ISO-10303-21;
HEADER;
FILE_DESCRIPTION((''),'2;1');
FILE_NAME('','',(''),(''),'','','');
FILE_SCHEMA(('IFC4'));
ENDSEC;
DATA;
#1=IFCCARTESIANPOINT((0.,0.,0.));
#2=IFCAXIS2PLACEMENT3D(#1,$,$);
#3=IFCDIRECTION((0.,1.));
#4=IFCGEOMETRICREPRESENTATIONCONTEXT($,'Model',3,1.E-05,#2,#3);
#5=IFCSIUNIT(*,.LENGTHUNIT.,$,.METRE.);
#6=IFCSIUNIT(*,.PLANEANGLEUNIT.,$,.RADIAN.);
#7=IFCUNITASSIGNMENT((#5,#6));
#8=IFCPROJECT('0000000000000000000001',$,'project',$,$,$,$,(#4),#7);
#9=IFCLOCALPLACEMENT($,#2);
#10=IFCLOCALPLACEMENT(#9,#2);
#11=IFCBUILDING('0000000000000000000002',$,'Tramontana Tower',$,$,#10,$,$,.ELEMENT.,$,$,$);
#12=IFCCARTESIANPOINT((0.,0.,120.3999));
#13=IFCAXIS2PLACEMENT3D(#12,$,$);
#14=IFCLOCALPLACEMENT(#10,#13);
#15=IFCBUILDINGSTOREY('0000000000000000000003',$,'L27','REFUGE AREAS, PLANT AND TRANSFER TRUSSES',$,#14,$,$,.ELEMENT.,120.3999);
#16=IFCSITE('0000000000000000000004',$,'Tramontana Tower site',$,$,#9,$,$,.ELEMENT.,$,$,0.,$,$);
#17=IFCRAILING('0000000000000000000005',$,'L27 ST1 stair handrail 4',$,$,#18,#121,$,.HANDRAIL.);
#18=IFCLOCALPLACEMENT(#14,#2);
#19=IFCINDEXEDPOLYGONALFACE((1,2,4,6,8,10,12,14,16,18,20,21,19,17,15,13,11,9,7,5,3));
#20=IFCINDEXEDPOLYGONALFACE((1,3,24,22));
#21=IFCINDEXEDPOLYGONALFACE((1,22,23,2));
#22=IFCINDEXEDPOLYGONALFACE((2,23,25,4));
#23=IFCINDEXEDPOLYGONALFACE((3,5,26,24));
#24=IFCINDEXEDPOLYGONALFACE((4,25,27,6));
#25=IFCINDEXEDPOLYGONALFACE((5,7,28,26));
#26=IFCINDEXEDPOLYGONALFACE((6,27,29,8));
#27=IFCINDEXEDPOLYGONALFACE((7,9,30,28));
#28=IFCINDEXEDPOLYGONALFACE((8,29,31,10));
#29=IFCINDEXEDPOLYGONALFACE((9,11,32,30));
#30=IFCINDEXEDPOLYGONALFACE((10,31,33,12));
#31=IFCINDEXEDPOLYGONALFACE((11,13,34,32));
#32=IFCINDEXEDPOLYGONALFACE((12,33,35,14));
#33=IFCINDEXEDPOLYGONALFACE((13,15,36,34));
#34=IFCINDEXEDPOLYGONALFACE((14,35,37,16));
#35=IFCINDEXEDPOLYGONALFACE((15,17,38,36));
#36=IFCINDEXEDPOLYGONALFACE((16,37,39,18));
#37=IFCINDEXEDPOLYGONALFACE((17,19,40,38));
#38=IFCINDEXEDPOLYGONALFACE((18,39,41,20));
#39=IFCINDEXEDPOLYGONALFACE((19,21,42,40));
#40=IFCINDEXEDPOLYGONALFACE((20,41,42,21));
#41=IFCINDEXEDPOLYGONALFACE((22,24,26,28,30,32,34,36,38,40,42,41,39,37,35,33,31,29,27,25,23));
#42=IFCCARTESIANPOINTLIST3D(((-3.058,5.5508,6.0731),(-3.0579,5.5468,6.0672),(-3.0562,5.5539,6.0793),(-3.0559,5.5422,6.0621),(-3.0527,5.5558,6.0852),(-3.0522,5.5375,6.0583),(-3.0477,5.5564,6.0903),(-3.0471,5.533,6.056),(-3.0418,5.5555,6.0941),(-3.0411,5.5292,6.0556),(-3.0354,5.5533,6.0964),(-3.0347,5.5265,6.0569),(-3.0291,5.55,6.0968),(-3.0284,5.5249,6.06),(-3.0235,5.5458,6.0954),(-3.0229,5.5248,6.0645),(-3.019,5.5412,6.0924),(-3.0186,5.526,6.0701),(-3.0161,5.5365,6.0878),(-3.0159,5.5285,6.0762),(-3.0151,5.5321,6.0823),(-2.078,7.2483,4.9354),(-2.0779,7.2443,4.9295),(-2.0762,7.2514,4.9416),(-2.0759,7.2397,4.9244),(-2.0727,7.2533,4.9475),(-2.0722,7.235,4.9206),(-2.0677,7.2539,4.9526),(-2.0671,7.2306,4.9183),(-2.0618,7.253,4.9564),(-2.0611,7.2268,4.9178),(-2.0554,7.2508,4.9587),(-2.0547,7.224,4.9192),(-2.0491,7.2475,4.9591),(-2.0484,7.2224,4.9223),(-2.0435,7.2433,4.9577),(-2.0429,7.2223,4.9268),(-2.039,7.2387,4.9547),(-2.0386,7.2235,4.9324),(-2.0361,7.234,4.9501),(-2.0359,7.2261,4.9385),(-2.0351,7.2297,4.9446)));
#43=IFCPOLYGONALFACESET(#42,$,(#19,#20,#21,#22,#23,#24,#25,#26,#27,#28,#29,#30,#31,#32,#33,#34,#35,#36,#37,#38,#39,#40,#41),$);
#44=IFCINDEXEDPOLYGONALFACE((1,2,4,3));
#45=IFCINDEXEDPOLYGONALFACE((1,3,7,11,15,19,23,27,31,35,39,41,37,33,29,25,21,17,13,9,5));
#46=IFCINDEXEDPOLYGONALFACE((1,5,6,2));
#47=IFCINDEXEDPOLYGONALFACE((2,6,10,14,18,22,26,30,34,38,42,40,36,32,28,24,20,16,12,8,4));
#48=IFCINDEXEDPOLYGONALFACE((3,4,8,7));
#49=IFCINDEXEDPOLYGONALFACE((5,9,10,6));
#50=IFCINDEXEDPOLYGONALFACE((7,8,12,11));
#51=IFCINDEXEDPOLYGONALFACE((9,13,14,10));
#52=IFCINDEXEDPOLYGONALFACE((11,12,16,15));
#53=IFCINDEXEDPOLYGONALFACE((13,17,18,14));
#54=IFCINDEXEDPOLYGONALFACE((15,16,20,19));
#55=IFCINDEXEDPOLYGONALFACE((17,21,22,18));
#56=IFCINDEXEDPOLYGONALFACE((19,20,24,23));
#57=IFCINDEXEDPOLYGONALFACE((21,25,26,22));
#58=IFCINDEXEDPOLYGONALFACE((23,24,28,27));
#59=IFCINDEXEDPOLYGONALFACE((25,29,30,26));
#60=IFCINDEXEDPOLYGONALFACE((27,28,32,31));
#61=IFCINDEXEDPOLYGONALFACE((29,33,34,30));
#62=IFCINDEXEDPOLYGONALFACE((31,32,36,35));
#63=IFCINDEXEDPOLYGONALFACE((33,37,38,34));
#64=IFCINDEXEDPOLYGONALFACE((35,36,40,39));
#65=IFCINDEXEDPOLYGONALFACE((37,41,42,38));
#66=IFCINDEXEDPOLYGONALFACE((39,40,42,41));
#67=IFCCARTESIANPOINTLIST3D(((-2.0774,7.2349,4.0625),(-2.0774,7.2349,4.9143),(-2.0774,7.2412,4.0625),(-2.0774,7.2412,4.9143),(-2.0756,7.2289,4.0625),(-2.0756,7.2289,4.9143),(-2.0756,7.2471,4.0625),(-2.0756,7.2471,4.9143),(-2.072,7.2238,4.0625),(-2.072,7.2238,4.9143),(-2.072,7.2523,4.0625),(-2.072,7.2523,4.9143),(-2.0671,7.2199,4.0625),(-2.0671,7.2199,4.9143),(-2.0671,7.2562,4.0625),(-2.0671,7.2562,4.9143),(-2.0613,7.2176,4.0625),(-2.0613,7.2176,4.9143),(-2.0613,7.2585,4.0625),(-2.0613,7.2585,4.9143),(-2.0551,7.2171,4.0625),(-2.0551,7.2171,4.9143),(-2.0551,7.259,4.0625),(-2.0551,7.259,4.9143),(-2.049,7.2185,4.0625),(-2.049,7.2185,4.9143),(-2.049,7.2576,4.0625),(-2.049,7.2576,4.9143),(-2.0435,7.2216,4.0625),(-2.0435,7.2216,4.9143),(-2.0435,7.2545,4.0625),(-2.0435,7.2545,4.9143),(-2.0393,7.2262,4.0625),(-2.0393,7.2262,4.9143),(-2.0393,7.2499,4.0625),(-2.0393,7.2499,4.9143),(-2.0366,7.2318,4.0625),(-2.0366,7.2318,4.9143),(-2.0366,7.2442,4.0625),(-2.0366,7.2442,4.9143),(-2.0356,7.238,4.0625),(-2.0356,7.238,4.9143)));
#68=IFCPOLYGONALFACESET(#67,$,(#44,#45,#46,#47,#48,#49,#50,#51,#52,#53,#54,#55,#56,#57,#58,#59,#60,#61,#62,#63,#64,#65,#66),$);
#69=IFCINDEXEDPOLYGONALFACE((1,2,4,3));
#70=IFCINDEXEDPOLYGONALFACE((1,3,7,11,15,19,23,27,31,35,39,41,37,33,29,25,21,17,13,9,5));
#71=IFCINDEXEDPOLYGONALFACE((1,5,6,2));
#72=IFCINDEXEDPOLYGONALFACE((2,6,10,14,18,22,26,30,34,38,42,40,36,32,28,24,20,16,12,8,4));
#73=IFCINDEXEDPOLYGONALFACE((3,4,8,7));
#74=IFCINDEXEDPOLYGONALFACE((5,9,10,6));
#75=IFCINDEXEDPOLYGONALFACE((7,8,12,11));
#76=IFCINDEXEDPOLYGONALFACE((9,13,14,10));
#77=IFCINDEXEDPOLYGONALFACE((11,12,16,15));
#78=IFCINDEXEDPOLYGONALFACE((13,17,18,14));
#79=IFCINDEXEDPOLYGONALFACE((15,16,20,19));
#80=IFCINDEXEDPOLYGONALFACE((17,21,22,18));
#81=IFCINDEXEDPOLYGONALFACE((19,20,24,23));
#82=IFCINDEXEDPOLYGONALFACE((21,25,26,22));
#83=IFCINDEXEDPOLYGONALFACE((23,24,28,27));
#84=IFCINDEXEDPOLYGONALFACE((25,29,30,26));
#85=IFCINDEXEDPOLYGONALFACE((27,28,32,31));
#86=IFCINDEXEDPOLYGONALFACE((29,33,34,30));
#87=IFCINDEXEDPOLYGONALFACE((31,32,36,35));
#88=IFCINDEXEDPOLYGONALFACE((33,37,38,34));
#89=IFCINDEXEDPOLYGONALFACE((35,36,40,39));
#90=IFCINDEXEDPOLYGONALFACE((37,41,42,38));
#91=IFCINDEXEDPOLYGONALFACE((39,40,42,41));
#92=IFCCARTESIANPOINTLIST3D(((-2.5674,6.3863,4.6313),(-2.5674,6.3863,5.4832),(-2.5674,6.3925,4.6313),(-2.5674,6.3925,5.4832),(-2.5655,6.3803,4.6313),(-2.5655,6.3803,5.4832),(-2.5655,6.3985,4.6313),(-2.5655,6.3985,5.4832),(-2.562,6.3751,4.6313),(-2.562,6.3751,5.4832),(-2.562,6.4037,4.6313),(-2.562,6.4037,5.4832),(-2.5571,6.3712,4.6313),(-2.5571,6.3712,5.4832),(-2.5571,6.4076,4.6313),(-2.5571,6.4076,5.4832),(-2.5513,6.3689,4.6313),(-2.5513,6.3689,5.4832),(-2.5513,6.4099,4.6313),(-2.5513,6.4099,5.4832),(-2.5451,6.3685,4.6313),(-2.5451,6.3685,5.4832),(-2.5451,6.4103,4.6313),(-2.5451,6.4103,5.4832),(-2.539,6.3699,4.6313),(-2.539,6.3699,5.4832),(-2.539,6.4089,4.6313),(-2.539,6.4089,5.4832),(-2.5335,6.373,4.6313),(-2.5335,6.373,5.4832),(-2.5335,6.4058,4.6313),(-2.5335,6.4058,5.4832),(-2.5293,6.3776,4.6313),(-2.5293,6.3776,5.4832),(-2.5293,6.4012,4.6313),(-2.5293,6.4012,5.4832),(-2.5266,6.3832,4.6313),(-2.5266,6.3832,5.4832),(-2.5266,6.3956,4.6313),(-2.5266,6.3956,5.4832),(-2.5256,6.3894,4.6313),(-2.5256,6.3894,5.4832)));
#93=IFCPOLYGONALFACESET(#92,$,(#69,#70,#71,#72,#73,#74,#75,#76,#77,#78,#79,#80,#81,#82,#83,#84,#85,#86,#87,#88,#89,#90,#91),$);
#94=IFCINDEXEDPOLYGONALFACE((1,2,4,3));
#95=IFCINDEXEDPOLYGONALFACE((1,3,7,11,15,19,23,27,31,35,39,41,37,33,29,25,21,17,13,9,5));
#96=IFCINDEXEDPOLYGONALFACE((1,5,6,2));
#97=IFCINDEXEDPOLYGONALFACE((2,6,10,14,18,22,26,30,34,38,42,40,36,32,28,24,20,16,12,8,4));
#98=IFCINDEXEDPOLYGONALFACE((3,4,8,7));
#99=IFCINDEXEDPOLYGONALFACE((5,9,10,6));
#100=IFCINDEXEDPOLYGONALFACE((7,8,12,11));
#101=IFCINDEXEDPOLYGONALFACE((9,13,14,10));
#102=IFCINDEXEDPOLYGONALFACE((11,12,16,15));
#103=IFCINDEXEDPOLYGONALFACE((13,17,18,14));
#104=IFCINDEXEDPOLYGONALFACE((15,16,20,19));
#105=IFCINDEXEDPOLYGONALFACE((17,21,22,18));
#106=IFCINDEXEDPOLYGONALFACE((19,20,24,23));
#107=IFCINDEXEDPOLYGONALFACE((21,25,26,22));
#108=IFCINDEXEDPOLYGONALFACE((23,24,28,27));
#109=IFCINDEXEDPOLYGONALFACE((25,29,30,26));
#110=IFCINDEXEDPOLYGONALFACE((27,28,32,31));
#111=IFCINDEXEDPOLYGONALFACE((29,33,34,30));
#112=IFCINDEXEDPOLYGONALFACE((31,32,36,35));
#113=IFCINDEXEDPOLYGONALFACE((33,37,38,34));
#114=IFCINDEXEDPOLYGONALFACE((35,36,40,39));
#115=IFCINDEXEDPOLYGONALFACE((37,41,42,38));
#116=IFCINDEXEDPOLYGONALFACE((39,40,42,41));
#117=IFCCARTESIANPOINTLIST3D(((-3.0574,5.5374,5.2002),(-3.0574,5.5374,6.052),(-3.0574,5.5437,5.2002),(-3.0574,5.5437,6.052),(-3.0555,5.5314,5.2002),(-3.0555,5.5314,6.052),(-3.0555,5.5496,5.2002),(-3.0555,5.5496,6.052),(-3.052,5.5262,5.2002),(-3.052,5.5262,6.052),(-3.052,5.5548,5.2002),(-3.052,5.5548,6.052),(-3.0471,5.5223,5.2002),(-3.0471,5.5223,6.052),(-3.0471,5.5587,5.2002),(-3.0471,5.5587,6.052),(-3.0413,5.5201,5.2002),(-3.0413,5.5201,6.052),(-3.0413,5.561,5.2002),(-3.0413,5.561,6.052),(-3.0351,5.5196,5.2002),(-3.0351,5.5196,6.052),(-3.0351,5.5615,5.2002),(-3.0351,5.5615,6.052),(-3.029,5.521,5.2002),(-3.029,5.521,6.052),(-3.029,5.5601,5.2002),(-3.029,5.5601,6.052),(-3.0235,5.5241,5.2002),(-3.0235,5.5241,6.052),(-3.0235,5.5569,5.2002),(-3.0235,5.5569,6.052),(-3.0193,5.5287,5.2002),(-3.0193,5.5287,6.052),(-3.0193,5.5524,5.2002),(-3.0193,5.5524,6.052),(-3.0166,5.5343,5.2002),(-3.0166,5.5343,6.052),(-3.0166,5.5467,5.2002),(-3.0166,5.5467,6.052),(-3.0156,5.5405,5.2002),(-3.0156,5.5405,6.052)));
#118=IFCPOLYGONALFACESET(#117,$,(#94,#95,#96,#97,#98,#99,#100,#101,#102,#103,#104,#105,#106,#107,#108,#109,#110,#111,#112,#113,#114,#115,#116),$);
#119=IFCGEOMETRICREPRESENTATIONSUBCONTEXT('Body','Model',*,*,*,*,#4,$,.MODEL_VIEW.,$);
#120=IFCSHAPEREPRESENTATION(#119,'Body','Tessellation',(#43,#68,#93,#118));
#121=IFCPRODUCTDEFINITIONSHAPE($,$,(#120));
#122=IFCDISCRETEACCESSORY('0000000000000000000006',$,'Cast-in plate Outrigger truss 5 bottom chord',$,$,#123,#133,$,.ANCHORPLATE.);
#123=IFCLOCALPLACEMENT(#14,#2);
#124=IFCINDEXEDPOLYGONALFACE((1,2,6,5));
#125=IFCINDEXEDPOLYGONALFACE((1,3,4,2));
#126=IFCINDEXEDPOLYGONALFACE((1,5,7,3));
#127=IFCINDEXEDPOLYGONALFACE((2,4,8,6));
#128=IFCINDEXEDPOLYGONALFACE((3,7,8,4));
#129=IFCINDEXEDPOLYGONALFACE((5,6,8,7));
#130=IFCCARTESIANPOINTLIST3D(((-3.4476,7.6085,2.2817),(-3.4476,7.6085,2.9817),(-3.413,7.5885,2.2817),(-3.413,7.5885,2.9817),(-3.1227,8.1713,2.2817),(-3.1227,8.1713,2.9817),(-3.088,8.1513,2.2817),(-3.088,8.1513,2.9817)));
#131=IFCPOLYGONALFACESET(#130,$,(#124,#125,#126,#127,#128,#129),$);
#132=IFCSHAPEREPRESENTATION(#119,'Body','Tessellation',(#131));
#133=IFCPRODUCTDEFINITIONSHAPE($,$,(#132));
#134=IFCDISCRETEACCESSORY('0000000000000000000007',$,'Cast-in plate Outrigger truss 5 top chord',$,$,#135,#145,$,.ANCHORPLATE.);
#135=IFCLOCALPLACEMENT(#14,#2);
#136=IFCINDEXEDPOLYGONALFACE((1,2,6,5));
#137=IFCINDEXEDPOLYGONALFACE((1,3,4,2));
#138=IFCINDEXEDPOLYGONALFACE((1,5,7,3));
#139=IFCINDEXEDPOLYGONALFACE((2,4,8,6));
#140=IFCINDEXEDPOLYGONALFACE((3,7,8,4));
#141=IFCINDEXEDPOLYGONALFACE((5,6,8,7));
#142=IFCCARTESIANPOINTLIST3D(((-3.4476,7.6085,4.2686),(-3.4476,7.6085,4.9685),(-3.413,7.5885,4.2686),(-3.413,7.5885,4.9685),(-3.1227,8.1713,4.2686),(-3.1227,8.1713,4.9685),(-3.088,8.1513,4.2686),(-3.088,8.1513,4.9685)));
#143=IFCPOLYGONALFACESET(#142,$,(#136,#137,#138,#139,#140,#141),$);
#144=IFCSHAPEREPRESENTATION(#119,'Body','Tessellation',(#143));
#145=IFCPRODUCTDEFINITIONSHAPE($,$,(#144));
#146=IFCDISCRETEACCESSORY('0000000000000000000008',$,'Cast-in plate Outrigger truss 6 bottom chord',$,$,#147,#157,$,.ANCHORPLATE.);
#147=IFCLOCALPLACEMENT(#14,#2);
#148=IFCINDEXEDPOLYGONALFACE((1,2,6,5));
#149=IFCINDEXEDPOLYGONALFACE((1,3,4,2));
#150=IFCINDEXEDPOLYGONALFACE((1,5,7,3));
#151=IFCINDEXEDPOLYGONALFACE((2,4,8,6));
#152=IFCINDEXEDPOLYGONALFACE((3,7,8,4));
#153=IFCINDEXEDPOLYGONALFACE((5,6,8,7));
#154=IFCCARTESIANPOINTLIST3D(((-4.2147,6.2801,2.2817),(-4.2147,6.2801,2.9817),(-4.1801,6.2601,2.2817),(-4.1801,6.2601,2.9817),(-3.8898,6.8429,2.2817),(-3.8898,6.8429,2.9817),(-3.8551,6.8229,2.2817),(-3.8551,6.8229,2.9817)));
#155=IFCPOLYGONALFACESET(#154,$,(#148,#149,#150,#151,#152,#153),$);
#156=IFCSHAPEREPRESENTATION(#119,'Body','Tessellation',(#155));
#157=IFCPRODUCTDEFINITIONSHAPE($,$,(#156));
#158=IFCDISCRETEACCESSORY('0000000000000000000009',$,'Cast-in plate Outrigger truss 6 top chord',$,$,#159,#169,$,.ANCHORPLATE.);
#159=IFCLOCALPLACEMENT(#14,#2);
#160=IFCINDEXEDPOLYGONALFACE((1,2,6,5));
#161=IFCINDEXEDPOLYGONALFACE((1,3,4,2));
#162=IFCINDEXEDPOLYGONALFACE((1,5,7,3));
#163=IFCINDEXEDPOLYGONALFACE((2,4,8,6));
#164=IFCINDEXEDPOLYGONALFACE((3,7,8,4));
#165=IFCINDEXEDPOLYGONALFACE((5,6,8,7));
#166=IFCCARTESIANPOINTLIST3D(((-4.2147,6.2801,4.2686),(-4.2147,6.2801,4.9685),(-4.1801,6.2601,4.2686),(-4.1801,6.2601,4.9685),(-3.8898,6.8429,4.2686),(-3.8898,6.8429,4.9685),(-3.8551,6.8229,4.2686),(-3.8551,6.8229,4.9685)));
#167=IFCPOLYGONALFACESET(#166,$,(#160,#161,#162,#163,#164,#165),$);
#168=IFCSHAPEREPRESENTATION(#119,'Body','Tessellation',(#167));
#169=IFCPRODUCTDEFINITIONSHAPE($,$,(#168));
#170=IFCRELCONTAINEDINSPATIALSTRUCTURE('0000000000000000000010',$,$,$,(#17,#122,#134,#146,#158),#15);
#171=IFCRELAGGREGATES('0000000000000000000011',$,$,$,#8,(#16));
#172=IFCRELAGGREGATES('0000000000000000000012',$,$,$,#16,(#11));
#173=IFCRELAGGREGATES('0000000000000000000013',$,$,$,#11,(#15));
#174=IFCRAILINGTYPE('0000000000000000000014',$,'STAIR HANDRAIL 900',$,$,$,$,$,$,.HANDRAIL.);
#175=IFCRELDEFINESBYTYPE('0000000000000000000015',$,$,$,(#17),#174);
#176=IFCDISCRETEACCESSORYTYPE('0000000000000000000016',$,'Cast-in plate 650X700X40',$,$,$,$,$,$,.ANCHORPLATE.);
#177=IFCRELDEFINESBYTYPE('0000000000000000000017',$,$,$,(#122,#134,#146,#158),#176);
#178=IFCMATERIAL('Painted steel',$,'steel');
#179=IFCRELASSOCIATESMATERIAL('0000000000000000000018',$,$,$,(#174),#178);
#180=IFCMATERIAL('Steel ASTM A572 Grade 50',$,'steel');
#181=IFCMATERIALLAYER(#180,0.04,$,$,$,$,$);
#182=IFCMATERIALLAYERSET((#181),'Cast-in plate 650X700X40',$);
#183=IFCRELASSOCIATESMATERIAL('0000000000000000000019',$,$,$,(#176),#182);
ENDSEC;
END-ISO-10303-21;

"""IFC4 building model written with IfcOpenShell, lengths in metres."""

from ifc_helpers import new_model, si_unit, direction, frame, origin, origin_2d, place, context, subcontext, project, spatial, rectangle, circle, extrude, material, layer, layer_set, type_object, element, save


model = new_model("IFC4")

# Units and contexts
model_context = context("Model", 3, precision=1e-05, world=origin(), true_north=direction((0.0, 1.0)))
body_context = subcontext(model_context, "Body", "Model", "MODEL_VIEW")
ifc_project = project(units=[si_unit("LENGTHUNIT", "METRE"), si_unit("PLANEANGLEUNIT", "RADIAN")], contexts=[model_context])

# Site, building, storey
site_placement = place(None, origin())
site = spatial("IfcSite", under=ifc_project, at=site_placement, Name="Tramontana Tower site", CompositionType="ELEMENT", RefElevation=0.0)
building_placement = place(site_placement, origin())
building = spatial("IfcBuilding", under=site, at=building_placement, Name="Tramontana Tower", CompositionType="ELEMENT")
storey_placement = place(building_placement, frame((0.0, 0.0, 120.3999)))
storey = spatial("IfcBuildingStorey", under=building, at=storey_placement, Name="L27", Description="REFUGE AREAS, PLANT AND TRANSFER TRUSSES", CompositionType="ELEMENT", Elevation=120.3999)

# Railing
ifc_material_1 = material(Name="Painted steel", Category="steel")
railing_type_1 = type_object("IfcRailingType", Name="STAIR HANDRAIL 900", PredefinedType="HANDRAIL", material=ifc_material_1)
railing_1_placement = place(storey_placement, frame((-2.0566, 7.238, 4.0625)))
element("IfcRailing", 1, at=railing_1_placement, inside=storey, type_object=railing_type_1, Name="L27 ST1 stair handrail 4", PredefinedType="HANDRAIL", context=body_context, shape_type="SweptSolid", body=[
    extrude(circle(Radius=0.0239, at=origin_2d()), frame((0.0, 0.0, 0.876), z_axis=(-0.432409, -0.749013, 0.501999), x_axis=(0.866042, -0.49997, 0.0)), (0.0, 0.0, 1.0), 2.2664),
    extrude(circle(Radius=0.021, at=origin_2d()), origin(), (0.0, 0.0, 1.0), 0.8518),
    extrude(circle(Radius=0.021, at=origin_2d()), frame((-0.49, -0.8486, 0.5688)), (0.0, 0.0, 1.0), 0.8518),
    extrude(circle(Radius=0.021, at=origin_2d()), frame((-0.98, -1.6975, 1.1377)), (0.0, 0.0, 1.0), 0.8518),
])

# Discrete accessories
ifc_material_2 = material(Name="Steel ASTM A572 Grade 50", Category="steel")
ifc_layer_1 = layer(ifc_material_2, 0.04)
ifc_layer_set_1 = layer_set([ifc_layer_1], Name="Cast-in plate 650X700X40")
discrete_accessory_type = type_object("IfcDiscreteAccessoryType", Name="Cast-in plate 650X700X40", PredefinedType="ANCHORPLATE", material=ifc_layer_set_1)
for number, where, z_axis, x_axis, name in (
    (2, (-3.2678, 7.8799, 2.2817), (0.0, 0.0, 1.0), (-0.5, -0.866025, 0.0), "Cast-in plate Outrigger truss 5 bottom chord"),
    (3, (-3.2678, 7.8799, 4.2686), (0.0, 0.0, 1.0), (-0.5, -0.866025, 0.0), "Cast-in plate Outrigger truss 5 top chord"),
    (4, (-4.0349, 6.5515, 2.2817), (0.0, 0.0, 1.0), (-0.5, -0.866025, 0.0), "Cast-in plate Outrigger truss 6 bottom chord"),
    (5, (-4.0349, 6.5515, 4.2686), (0.0, 0.0, 1.0), (-0.5, -0.866025, 0.0), "Cast-in plate Outrigger truss 6 top chord"),
):
    element("IfcDiscreteAccessory", number, at=place(storey_placement, frame(where, z_axis=z_axis, x_axis=x_axis)), inside=storey, type_object=discrete_accessory_type, Name=name, PredefinedType="ANCHORPLATE", context=body_context, shape_type="SweptSolid", body=[
        extrude(rectangle(XDim=0.6499, YDim=0.04, at=origin_2d()), origin(), (0.0, 0.0, 1.0), 0.7),
    ])

save(model, "model.ifc")
